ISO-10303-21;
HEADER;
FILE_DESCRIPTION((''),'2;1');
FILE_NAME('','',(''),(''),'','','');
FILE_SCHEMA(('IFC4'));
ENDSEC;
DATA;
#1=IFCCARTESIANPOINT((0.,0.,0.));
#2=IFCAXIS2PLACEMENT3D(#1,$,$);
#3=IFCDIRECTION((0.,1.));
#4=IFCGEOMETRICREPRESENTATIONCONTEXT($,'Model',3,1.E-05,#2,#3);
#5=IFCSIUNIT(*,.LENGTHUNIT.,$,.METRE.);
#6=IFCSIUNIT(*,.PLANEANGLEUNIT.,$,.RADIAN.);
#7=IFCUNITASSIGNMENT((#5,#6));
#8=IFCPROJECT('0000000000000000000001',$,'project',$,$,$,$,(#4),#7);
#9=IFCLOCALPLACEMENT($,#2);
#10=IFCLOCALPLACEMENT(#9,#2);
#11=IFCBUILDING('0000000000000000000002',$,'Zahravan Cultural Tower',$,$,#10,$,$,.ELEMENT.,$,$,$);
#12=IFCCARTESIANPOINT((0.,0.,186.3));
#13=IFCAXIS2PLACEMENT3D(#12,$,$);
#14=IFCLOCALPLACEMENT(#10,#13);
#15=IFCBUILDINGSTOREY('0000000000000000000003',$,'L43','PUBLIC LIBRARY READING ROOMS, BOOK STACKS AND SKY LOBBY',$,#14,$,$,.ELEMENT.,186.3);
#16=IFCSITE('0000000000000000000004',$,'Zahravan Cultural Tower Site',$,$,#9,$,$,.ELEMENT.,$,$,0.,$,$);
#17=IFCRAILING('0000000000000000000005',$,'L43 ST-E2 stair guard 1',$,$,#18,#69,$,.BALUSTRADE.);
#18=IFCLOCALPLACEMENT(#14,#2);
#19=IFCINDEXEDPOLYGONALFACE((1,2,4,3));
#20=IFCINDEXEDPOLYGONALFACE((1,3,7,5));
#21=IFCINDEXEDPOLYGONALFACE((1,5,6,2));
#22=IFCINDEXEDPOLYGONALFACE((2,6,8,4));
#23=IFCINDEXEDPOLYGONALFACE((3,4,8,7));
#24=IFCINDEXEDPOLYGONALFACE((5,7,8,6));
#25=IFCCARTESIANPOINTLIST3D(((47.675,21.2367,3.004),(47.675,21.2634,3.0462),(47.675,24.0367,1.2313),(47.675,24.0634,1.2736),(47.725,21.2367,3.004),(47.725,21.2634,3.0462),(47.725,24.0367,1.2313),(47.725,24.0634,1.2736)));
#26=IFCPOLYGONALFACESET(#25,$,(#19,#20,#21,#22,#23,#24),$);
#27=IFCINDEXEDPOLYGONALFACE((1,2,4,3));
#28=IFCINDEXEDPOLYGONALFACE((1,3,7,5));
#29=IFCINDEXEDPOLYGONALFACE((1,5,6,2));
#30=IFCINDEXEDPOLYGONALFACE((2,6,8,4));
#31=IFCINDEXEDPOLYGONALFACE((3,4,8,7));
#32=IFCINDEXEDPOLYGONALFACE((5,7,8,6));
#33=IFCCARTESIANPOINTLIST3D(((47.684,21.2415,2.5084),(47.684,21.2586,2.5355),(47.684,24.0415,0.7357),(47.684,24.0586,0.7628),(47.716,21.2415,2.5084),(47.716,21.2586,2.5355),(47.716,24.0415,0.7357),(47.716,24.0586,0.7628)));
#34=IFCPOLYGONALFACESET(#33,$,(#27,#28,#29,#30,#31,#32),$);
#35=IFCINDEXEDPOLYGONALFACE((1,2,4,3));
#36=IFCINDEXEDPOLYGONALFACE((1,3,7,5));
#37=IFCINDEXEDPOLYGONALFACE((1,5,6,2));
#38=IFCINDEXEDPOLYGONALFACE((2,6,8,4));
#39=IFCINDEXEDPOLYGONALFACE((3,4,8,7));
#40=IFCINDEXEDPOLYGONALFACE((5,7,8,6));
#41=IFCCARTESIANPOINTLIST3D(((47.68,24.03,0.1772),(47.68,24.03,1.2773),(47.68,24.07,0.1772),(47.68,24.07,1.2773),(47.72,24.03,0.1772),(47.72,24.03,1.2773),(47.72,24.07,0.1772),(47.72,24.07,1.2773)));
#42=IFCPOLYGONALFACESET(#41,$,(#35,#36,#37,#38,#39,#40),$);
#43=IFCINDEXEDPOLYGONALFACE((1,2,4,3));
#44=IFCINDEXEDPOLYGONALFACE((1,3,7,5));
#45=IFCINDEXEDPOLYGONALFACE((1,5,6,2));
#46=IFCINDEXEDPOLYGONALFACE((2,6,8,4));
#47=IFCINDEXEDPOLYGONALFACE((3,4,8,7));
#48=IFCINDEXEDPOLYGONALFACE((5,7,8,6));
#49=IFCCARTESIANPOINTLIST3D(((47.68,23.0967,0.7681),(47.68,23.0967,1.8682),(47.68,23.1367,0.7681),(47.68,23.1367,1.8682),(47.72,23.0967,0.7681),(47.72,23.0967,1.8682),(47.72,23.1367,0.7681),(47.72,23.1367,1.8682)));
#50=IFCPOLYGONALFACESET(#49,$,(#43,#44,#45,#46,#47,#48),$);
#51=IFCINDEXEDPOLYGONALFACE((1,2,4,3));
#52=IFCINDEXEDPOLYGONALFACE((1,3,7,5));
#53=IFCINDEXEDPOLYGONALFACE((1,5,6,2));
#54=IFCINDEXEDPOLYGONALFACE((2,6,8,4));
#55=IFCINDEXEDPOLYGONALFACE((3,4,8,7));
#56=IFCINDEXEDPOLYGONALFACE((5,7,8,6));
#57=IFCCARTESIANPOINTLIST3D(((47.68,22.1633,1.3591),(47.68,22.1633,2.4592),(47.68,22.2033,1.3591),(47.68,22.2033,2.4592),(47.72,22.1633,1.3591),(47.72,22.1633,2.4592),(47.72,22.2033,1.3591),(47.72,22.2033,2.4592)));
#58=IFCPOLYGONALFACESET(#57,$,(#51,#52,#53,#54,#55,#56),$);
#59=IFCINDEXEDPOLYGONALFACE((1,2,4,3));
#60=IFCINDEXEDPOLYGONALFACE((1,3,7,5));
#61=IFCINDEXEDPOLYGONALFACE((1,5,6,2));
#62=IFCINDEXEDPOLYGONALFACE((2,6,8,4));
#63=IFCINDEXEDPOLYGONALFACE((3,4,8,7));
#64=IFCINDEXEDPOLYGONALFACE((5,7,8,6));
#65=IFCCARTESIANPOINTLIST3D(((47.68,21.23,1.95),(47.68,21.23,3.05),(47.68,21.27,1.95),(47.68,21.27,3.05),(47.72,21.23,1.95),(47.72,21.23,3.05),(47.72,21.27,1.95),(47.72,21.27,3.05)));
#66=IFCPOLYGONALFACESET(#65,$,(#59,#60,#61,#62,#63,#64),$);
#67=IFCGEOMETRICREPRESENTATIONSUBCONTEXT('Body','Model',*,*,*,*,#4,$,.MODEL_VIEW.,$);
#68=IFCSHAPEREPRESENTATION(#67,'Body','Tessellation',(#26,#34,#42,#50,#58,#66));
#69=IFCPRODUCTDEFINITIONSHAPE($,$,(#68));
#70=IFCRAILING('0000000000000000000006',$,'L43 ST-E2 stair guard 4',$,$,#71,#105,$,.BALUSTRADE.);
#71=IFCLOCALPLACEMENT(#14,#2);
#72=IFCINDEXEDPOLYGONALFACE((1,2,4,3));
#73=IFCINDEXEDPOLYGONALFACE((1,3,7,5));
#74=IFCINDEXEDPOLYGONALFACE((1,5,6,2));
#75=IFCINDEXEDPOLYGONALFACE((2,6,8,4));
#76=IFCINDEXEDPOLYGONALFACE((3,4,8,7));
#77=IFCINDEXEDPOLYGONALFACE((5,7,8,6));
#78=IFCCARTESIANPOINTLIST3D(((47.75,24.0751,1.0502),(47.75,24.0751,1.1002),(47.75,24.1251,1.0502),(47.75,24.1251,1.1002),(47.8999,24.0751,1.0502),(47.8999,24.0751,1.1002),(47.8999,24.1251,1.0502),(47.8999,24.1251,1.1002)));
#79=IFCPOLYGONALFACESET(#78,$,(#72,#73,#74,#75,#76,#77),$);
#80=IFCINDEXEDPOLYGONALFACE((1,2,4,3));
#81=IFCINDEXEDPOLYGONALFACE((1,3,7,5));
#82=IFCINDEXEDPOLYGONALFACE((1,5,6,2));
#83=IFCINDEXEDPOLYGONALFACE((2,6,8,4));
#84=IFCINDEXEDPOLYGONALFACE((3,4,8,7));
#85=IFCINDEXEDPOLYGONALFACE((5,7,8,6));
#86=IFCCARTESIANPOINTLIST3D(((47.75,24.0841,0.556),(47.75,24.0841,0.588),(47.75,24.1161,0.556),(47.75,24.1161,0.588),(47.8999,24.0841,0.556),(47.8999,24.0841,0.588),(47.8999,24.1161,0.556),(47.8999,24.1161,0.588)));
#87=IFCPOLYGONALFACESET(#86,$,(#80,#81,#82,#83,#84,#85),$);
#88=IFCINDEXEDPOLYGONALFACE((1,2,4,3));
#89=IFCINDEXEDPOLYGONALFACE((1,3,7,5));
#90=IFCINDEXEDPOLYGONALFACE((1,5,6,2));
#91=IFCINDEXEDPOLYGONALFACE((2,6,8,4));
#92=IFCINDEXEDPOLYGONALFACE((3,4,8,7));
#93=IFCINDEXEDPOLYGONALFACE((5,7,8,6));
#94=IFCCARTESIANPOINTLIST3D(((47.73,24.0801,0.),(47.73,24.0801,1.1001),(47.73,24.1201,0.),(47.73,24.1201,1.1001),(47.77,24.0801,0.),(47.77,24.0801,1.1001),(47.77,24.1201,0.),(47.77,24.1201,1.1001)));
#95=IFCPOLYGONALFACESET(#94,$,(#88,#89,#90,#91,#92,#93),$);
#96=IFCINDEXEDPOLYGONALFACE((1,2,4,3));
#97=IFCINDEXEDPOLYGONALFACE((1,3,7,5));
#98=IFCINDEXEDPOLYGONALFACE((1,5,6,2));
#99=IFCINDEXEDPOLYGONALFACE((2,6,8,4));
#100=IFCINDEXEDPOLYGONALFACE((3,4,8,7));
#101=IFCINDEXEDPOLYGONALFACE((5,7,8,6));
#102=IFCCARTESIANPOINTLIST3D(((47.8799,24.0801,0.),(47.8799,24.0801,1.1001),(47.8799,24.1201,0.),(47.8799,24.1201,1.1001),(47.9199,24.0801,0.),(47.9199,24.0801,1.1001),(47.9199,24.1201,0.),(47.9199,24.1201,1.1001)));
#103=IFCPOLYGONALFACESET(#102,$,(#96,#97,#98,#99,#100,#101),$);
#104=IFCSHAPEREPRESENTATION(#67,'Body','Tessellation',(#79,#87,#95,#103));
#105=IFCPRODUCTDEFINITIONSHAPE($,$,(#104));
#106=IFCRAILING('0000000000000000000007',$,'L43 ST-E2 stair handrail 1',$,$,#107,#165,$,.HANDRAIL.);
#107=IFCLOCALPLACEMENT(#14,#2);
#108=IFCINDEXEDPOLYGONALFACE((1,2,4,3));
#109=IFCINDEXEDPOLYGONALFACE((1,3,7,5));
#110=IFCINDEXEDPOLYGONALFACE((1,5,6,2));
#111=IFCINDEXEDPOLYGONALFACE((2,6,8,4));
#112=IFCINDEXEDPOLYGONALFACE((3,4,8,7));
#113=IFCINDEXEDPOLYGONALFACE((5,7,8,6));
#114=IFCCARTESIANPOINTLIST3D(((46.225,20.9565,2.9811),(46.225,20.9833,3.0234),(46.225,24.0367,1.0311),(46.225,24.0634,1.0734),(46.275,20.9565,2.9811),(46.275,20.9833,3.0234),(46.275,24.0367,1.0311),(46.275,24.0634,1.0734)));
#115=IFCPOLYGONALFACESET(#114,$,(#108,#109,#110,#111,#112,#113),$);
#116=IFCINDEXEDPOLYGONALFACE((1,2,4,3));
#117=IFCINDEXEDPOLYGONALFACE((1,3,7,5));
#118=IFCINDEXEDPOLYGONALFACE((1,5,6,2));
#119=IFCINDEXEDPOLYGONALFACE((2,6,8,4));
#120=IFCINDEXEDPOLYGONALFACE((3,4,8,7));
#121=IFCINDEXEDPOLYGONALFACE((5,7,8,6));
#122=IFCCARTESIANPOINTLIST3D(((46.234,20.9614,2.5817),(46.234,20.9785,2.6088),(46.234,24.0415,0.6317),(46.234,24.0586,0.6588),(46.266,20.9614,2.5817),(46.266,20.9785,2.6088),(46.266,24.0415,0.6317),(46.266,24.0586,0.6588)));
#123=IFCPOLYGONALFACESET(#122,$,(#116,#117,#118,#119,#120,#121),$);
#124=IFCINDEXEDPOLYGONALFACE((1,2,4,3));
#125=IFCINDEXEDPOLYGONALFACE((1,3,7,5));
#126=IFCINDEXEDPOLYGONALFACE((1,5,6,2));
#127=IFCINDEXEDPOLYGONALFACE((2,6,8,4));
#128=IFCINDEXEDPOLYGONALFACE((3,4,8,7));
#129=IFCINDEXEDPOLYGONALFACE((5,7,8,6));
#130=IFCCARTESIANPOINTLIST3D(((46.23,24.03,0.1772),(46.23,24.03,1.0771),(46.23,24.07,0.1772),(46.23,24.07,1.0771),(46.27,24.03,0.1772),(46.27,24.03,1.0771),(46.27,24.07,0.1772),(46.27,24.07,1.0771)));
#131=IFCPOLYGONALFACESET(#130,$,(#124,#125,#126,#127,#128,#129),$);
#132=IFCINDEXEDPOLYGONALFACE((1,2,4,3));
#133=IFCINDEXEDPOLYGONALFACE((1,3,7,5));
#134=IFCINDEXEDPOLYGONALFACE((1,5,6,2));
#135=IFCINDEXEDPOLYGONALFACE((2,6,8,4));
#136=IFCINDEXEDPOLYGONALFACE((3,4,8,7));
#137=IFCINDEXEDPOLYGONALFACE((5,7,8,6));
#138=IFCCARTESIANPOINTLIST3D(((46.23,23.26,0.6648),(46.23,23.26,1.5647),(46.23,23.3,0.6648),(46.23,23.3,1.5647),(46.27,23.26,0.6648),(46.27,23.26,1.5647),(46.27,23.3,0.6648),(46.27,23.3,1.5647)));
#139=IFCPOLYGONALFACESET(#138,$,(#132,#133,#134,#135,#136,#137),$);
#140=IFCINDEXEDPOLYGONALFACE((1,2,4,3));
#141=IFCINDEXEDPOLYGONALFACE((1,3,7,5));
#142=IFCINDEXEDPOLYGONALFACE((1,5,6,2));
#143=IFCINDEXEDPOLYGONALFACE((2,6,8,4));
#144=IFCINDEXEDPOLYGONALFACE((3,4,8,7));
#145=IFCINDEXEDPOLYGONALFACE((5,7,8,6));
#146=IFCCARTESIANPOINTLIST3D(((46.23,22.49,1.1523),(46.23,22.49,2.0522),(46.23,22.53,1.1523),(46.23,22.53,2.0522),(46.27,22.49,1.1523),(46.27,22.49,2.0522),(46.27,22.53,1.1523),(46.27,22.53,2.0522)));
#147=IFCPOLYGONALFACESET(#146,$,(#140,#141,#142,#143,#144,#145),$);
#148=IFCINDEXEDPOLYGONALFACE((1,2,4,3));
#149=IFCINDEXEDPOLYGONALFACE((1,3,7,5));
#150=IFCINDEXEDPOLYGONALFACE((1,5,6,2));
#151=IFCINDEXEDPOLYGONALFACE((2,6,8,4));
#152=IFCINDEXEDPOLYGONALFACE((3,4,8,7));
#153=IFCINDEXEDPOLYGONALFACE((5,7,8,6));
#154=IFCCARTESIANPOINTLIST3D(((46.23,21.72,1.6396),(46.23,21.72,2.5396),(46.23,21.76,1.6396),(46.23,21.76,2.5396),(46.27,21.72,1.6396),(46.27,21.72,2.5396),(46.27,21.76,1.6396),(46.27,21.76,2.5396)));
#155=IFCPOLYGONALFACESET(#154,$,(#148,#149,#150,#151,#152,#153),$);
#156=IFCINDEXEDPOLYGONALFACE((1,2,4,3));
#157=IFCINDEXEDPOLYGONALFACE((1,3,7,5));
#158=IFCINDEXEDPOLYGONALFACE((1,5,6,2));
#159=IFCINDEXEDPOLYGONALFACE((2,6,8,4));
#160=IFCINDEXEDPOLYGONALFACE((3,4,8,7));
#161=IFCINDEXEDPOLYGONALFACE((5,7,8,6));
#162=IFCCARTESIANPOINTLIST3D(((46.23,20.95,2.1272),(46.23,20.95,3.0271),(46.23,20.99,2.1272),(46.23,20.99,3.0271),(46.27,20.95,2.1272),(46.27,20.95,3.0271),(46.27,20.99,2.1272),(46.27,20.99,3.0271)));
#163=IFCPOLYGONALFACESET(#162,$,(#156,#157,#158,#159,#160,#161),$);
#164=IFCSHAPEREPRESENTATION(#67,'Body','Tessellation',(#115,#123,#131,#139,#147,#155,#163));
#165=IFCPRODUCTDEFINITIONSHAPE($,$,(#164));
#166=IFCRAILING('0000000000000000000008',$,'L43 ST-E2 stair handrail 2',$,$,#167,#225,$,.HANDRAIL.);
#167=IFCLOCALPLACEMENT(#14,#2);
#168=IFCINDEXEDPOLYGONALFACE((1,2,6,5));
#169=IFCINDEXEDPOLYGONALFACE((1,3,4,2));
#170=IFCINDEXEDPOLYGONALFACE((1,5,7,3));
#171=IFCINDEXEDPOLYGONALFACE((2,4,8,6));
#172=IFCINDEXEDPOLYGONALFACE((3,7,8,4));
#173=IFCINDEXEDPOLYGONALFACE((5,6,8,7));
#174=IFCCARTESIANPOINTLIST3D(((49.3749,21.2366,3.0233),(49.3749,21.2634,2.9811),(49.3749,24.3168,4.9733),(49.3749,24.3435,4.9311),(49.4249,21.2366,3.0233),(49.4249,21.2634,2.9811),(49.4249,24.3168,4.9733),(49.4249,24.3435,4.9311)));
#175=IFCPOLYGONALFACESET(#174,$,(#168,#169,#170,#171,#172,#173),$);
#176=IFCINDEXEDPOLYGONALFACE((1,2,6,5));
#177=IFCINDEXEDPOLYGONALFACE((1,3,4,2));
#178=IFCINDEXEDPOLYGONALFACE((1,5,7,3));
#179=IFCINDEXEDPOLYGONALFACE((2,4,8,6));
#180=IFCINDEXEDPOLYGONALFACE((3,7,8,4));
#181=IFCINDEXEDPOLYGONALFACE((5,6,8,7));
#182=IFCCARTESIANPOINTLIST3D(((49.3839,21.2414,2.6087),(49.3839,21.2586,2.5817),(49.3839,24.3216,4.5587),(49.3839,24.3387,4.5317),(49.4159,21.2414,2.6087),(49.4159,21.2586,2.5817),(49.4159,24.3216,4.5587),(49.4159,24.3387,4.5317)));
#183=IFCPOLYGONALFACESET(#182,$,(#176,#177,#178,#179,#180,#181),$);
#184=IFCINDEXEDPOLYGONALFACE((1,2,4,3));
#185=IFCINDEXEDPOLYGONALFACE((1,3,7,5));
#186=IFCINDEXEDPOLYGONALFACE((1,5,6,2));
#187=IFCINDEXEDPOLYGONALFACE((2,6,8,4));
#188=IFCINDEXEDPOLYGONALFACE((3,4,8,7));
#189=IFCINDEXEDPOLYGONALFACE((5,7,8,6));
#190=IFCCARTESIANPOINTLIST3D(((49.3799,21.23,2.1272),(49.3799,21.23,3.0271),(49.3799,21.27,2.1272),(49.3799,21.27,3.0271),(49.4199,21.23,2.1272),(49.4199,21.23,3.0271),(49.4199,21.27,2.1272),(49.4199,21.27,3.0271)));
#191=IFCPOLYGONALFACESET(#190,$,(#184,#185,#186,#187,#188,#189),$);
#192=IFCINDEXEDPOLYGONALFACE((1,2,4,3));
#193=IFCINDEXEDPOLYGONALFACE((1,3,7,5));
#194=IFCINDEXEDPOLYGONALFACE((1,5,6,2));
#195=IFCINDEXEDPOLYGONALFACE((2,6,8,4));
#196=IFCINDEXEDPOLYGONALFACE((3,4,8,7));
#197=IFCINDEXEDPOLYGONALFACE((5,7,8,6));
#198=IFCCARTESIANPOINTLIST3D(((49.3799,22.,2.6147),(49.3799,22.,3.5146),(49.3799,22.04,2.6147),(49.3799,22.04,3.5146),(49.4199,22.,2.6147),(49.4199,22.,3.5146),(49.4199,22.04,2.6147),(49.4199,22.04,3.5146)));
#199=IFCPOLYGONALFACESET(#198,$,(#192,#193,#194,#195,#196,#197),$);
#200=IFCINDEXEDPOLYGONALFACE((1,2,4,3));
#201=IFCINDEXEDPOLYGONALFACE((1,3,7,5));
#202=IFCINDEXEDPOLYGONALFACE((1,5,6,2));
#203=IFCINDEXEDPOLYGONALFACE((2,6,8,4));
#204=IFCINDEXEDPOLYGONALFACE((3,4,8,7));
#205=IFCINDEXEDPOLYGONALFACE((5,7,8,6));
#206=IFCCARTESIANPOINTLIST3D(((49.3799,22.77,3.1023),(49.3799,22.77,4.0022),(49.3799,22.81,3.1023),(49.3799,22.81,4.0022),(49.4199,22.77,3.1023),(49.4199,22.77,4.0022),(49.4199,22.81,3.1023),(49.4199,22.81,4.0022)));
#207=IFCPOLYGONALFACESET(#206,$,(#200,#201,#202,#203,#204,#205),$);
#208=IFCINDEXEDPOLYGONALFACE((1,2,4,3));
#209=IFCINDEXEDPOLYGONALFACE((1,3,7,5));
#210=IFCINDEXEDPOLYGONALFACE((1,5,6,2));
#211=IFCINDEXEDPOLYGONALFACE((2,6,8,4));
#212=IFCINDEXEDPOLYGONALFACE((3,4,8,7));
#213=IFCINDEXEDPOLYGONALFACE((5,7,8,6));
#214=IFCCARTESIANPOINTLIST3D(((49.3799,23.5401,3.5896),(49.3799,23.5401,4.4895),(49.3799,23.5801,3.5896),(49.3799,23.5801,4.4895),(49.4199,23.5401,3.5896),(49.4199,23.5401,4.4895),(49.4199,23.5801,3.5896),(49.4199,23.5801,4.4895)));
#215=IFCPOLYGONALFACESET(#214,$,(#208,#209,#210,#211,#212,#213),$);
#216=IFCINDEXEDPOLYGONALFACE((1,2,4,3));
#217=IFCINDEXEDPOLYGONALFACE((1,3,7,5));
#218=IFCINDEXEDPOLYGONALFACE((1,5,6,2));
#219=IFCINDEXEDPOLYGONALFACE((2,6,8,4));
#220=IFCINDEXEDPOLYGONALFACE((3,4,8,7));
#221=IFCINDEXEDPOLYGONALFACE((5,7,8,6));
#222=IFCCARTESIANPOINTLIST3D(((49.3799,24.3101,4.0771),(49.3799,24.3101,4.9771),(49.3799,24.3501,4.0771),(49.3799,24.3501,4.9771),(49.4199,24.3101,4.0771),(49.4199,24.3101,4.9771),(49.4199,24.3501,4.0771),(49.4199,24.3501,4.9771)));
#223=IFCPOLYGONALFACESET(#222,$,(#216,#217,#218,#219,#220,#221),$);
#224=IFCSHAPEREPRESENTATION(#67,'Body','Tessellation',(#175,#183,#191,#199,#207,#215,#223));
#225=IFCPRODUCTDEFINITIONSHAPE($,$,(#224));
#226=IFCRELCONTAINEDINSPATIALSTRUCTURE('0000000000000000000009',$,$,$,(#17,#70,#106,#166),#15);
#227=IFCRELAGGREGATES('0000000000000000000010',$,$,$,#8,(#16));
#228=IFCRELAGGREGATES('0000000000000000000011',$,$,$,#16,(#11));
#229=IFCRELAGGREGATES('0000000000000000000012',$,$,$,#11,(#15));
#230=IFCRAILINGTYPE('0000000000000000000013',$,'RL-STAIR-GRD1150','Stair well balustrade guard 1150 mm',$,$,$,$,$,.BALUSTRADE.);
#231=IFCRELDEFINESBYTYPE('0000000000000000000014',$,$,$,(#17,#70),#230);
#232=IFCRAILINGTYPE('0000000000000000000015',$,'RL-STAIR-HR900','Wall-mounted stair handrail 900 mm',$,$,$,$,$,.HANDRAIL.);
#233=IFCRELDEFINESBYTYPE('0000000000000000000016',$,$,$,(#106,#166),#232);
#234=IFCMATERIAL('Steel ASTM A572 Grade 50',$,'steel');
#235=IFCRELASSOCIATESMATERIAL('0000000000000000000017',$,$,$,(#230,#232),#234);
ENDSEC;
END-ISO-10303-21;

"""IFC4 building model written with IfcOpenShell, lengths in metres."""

from ifc_helpers import new_model, si_unit, direction, frame, origin, origin_2d, place, context, subcontext, project, spatial, rectangle, extrude, material, type_object, element, save


model = new_model("IFC4")

# Units and contexts
model_context = context("Model", 3, precision=1e-05, world=origin(), true_north=direction((0.0, 1.0)))
body_context = subcontext(model_context, "Body", "Model", "MODEL_VIEW")
ifc_project = project(units=[si_unit("LENGTHUNIT", "METRE"), si_unit("PLANEANGLEUNIT", "RADIAN")], contexts=[model_context])

# Site, building, storey
site_placement = place(None, origin())
site = spatial("IfcSite", under=ifc_project, at=site_placement, Name="Zahravan Cultural Tower Site", CompositionType="ELEMENT", RefElevation=0.0)
building_placement = place(site_placement, origin())
building = spatial("IfcBuilding", under=site, at=building_placement, Name="Zahravan Cultural Tower", CompositionType="ELEMENT")
storey_placement = place(building_placement, frame((0.0, 0.0, 186.3)))
storey = spatial("IfcBuildingStorey", under=building, at=storey_placement, Name="L43", Description="PUBLIC LIBRARY READING ROOMS, BOOK STACKS AND SKY LOBBY", CompositionType="ELEMENT", Elevation=186.3)

# Railings
ifc_material_1 = material(Name="Steel ASTM A572 Grade 50", Category="steel")
railing_type_1 = type_object("IfcRailingType", Name="RL-STAIR-GRD1150", Description="Stair well balustrade guard 1150 mm", PredefinedType="BALUSTRADE", material=ifc_material_1)
railing_1_placement = place(storey_placement, frame((47.7, 24.05, 0.1772)))
element("IfcRailing", 1, at=railing_1_placement, inside=storey, type_object=railing_type_1, Name="L43 ST-E2 stair guard 1", PredefinedType="BALUSTRADE", context=body_context, shape_type="SweptSolid", body=[
    extrude(rectangle(XDim=0.05, YDim=0.05, at=origin_2d()), frame((0.0, 0.0, 1.0752), z_axis=(0.0, -0.844909, 0.53491), x_axis=(1.0, 0.0, 0.0)), (0.0, 0.0, 1.0), 3.314),
    extrude(rectangle(XDim=0.032, YDim=0.032, at=origin_2d()), frame((0.0, 0.0, 0.572), z_axis=(0.0, -0.844909, 0.53491), x_axis=(1.0, 0.0, 0.0)), (0.0, 0.0, 1.0), 3.314),
    extrude(rectangle(XDim=0.04, YDim=0.04, at=origin_2d()), origin(), (0.0, 0.0, 1.0), 1.1001),
    extrude(rectangle(XDim=0.04, YDim=0.04, at=origin_2d()), frame((0.0, -0.9333, 0.5908)), (0.0, 0.0, 1.0), 1.1001),
    extrude(rectangle(XDim=0.04, YDim=0.04, at=origin_2d()), frame((0.0, -1.8667, 1.1819)), (0.0, 0.0, 1.0), 1.1001),
    extrude(rectangle(XDim=0.04, YDim=0.04, at=origin_2d()), frame((0.0, -2.8, 1.7727)), (0.0, 0.0, 1.0), 1.1001),
])
railing_2_placement = place(storey_placement, frame((47.75, 24.1001, 0.0)))
element("IfcRailing", 2, at=railing_2_placement, inside=storey, type_object=railing_type_1, Name="L43 ST-E2 stair guard 4", PredefinedType="BALUSTRADE", context=body_context, shape_type="SweptSolid", body=[
    extrude(rectangle(XDim=0.05, YDim=0.05, at=origin_2d()), frame((0.0, 0.0, 1.0752), z_axis=(1.0, 0.0, 0.0), x_axis=(0.0, 1.0, 0.0)), (0.0, 0.0, 1.0), 0.1499),
    extrude(rectangle(XDim=0.032, YDim=0.032, at=origin_2d()), frame((0.0, 0.0, 0.572), z_axis=(1.0, 0.0, 0.0), x_axis=(0.0, 1.0, 0.0)), (0.0, 0.0, 1.0), 0.1499),
    extrude(rectangle(XDim=0.04, YDim=0.04, at=origin_2d()), origin(), (0.0, 0.0, 1.0), 1.1001),
    extrude(rectangle(XDim=0.04, YDim=0.04, at=origin_2d()), frame((0.1499, 0.0, 0.0)), (0.0, 0.0, 1.0), 1.1001),
])
railing_type_2 = type_object("IfcRailingType", Name="RL-STAIR-HR900", Description="Wall-mounted stair handrail 900 mm", PredefinedType="HANDRAIL", material=ifc_material_1)
railing_3_placement = place(storey_placement, frame((46.25, 24.05, 0.1772)))
element("IfcRailing", 3, at=railing_3_placement, inside=storey, type_object=railing_type_2, Name="L43 ST-E2 stair handrail 1", PredefinedType="HANDRAIL", context=body_context, shape_type="SweptSolid", body=[
    extrude(rectangle(XDim=0.05, YDim=0.05, at=origin_2d()), frame((0.0, 0.0, 0.875), z_axis=(0.0, -0.844914, 0.534902), x_axis=(1.0, 0.0, 0.0)), (0.0, 0.0, 1.0), 3.6455),
    extrude(rectangle(XDim=0.032, YDim=0.032, at=origin_2d()), frame((0.0, 0.0, 0.468), z_axis=(0.0, -0.844914, 0.534902), x_axis=(1.0, 0.0, 0.0)), (0.0, 0.0, 1.0), 3.6455),
    extrude(rectangle(XDim=0.04, YDim=0.04, at=origin_2d()), origin(), (0.0, 0.0, 1.0), 0.8999),
    extrude(rectangle(XDim=0.04, YDim=0.04, at=origin_2d()), frame((0.0, -0.77, 0.4875)), (0.0, 0.0, 1.0), 0.8999),
    extrude(rectangle(XDim=0.04, YDim=0.04, at=origin_2d()), frame((0.0, -1.54, 0.9751)), (0.0, 0.0, 1.0), 0.8999),
    extrude(rectangle(XDim=0.04, YDim=0.04, at=origin_2d()), frame((0.0, -2.3101, 1.4624)), (0.0, 0.0, 1.0), 0.8999),
    extrude(rectangle(XDim=0.04, YDim=0.04, at=origin_2d()), frame((0.0, -3.0801, 1.95)), (0.0, 0.0, 1.0), 0.8999),
])
railing_4_placement = place(storey_placement, frame((49.3999, 21.25, 2.1272)))
element("IfcRailing", 4, at=railing_4_placement, inside=storey, type_object=railing_type_2, Name="L43 ST-E2 stair handrail 2", PredefinedType="HANDRAIL", context=body_context, shape_type="SweptSolid", body=[
    extrude(rectangle(XDim=0.05, YDim=0.05, at=origin_2d()), frame((0.0, 0.0, 0.875), z_axis=(0.0, 0.844914, 0.534902), x_axis=(-1.0, 0.0, 0.0)), (0.0, 0.0, 1.0), 3.6455),
    extrude(rectangle(XDim=0.032, YDim=0.032, at=origin_2d()), frame((0.0, 0.0, 0.468), z_axis=(0.0, 0.844914, 0.534902), x_axis=(-1.0, 0.0, 0.0)), (0.0, 0.0, 1.0), 3.6455),
    extrude(rectangle(XDim=0.04, YDim=0.04, at=origin_2d()), origin(), (0.0, 0.0, 1.0), 0.8999),
    extrude(rectangle(XDim=0.04, YDim=0.04, at=origin_2d()), frame((0.0, 0.77, 0.4875)), (0.0, 0.0, 1.0), 0.8999),
    extrude(rectangle(XDim=0.04, YDim=0.04, at=origin_2d()), frame((0.0, 1.54, 0.9751)), (0.0, 0.0, 1.0), 0.8999),
    extrude(rectangle(XDim=0.04, YDim=0.04, at=origin_2d()), frame((0.0, 2.3101, 1.4624)), (0.0, 0.0, 1.0), 0.8999),
    extrude(rectangle(XDim=0.04, YDim=0.04, at=origin_2d()), frame((0.0, 3.0801, 1.95)), (0.0, 0.0, 1.0), 0.8999),
])

save(model, "model.ifc")
